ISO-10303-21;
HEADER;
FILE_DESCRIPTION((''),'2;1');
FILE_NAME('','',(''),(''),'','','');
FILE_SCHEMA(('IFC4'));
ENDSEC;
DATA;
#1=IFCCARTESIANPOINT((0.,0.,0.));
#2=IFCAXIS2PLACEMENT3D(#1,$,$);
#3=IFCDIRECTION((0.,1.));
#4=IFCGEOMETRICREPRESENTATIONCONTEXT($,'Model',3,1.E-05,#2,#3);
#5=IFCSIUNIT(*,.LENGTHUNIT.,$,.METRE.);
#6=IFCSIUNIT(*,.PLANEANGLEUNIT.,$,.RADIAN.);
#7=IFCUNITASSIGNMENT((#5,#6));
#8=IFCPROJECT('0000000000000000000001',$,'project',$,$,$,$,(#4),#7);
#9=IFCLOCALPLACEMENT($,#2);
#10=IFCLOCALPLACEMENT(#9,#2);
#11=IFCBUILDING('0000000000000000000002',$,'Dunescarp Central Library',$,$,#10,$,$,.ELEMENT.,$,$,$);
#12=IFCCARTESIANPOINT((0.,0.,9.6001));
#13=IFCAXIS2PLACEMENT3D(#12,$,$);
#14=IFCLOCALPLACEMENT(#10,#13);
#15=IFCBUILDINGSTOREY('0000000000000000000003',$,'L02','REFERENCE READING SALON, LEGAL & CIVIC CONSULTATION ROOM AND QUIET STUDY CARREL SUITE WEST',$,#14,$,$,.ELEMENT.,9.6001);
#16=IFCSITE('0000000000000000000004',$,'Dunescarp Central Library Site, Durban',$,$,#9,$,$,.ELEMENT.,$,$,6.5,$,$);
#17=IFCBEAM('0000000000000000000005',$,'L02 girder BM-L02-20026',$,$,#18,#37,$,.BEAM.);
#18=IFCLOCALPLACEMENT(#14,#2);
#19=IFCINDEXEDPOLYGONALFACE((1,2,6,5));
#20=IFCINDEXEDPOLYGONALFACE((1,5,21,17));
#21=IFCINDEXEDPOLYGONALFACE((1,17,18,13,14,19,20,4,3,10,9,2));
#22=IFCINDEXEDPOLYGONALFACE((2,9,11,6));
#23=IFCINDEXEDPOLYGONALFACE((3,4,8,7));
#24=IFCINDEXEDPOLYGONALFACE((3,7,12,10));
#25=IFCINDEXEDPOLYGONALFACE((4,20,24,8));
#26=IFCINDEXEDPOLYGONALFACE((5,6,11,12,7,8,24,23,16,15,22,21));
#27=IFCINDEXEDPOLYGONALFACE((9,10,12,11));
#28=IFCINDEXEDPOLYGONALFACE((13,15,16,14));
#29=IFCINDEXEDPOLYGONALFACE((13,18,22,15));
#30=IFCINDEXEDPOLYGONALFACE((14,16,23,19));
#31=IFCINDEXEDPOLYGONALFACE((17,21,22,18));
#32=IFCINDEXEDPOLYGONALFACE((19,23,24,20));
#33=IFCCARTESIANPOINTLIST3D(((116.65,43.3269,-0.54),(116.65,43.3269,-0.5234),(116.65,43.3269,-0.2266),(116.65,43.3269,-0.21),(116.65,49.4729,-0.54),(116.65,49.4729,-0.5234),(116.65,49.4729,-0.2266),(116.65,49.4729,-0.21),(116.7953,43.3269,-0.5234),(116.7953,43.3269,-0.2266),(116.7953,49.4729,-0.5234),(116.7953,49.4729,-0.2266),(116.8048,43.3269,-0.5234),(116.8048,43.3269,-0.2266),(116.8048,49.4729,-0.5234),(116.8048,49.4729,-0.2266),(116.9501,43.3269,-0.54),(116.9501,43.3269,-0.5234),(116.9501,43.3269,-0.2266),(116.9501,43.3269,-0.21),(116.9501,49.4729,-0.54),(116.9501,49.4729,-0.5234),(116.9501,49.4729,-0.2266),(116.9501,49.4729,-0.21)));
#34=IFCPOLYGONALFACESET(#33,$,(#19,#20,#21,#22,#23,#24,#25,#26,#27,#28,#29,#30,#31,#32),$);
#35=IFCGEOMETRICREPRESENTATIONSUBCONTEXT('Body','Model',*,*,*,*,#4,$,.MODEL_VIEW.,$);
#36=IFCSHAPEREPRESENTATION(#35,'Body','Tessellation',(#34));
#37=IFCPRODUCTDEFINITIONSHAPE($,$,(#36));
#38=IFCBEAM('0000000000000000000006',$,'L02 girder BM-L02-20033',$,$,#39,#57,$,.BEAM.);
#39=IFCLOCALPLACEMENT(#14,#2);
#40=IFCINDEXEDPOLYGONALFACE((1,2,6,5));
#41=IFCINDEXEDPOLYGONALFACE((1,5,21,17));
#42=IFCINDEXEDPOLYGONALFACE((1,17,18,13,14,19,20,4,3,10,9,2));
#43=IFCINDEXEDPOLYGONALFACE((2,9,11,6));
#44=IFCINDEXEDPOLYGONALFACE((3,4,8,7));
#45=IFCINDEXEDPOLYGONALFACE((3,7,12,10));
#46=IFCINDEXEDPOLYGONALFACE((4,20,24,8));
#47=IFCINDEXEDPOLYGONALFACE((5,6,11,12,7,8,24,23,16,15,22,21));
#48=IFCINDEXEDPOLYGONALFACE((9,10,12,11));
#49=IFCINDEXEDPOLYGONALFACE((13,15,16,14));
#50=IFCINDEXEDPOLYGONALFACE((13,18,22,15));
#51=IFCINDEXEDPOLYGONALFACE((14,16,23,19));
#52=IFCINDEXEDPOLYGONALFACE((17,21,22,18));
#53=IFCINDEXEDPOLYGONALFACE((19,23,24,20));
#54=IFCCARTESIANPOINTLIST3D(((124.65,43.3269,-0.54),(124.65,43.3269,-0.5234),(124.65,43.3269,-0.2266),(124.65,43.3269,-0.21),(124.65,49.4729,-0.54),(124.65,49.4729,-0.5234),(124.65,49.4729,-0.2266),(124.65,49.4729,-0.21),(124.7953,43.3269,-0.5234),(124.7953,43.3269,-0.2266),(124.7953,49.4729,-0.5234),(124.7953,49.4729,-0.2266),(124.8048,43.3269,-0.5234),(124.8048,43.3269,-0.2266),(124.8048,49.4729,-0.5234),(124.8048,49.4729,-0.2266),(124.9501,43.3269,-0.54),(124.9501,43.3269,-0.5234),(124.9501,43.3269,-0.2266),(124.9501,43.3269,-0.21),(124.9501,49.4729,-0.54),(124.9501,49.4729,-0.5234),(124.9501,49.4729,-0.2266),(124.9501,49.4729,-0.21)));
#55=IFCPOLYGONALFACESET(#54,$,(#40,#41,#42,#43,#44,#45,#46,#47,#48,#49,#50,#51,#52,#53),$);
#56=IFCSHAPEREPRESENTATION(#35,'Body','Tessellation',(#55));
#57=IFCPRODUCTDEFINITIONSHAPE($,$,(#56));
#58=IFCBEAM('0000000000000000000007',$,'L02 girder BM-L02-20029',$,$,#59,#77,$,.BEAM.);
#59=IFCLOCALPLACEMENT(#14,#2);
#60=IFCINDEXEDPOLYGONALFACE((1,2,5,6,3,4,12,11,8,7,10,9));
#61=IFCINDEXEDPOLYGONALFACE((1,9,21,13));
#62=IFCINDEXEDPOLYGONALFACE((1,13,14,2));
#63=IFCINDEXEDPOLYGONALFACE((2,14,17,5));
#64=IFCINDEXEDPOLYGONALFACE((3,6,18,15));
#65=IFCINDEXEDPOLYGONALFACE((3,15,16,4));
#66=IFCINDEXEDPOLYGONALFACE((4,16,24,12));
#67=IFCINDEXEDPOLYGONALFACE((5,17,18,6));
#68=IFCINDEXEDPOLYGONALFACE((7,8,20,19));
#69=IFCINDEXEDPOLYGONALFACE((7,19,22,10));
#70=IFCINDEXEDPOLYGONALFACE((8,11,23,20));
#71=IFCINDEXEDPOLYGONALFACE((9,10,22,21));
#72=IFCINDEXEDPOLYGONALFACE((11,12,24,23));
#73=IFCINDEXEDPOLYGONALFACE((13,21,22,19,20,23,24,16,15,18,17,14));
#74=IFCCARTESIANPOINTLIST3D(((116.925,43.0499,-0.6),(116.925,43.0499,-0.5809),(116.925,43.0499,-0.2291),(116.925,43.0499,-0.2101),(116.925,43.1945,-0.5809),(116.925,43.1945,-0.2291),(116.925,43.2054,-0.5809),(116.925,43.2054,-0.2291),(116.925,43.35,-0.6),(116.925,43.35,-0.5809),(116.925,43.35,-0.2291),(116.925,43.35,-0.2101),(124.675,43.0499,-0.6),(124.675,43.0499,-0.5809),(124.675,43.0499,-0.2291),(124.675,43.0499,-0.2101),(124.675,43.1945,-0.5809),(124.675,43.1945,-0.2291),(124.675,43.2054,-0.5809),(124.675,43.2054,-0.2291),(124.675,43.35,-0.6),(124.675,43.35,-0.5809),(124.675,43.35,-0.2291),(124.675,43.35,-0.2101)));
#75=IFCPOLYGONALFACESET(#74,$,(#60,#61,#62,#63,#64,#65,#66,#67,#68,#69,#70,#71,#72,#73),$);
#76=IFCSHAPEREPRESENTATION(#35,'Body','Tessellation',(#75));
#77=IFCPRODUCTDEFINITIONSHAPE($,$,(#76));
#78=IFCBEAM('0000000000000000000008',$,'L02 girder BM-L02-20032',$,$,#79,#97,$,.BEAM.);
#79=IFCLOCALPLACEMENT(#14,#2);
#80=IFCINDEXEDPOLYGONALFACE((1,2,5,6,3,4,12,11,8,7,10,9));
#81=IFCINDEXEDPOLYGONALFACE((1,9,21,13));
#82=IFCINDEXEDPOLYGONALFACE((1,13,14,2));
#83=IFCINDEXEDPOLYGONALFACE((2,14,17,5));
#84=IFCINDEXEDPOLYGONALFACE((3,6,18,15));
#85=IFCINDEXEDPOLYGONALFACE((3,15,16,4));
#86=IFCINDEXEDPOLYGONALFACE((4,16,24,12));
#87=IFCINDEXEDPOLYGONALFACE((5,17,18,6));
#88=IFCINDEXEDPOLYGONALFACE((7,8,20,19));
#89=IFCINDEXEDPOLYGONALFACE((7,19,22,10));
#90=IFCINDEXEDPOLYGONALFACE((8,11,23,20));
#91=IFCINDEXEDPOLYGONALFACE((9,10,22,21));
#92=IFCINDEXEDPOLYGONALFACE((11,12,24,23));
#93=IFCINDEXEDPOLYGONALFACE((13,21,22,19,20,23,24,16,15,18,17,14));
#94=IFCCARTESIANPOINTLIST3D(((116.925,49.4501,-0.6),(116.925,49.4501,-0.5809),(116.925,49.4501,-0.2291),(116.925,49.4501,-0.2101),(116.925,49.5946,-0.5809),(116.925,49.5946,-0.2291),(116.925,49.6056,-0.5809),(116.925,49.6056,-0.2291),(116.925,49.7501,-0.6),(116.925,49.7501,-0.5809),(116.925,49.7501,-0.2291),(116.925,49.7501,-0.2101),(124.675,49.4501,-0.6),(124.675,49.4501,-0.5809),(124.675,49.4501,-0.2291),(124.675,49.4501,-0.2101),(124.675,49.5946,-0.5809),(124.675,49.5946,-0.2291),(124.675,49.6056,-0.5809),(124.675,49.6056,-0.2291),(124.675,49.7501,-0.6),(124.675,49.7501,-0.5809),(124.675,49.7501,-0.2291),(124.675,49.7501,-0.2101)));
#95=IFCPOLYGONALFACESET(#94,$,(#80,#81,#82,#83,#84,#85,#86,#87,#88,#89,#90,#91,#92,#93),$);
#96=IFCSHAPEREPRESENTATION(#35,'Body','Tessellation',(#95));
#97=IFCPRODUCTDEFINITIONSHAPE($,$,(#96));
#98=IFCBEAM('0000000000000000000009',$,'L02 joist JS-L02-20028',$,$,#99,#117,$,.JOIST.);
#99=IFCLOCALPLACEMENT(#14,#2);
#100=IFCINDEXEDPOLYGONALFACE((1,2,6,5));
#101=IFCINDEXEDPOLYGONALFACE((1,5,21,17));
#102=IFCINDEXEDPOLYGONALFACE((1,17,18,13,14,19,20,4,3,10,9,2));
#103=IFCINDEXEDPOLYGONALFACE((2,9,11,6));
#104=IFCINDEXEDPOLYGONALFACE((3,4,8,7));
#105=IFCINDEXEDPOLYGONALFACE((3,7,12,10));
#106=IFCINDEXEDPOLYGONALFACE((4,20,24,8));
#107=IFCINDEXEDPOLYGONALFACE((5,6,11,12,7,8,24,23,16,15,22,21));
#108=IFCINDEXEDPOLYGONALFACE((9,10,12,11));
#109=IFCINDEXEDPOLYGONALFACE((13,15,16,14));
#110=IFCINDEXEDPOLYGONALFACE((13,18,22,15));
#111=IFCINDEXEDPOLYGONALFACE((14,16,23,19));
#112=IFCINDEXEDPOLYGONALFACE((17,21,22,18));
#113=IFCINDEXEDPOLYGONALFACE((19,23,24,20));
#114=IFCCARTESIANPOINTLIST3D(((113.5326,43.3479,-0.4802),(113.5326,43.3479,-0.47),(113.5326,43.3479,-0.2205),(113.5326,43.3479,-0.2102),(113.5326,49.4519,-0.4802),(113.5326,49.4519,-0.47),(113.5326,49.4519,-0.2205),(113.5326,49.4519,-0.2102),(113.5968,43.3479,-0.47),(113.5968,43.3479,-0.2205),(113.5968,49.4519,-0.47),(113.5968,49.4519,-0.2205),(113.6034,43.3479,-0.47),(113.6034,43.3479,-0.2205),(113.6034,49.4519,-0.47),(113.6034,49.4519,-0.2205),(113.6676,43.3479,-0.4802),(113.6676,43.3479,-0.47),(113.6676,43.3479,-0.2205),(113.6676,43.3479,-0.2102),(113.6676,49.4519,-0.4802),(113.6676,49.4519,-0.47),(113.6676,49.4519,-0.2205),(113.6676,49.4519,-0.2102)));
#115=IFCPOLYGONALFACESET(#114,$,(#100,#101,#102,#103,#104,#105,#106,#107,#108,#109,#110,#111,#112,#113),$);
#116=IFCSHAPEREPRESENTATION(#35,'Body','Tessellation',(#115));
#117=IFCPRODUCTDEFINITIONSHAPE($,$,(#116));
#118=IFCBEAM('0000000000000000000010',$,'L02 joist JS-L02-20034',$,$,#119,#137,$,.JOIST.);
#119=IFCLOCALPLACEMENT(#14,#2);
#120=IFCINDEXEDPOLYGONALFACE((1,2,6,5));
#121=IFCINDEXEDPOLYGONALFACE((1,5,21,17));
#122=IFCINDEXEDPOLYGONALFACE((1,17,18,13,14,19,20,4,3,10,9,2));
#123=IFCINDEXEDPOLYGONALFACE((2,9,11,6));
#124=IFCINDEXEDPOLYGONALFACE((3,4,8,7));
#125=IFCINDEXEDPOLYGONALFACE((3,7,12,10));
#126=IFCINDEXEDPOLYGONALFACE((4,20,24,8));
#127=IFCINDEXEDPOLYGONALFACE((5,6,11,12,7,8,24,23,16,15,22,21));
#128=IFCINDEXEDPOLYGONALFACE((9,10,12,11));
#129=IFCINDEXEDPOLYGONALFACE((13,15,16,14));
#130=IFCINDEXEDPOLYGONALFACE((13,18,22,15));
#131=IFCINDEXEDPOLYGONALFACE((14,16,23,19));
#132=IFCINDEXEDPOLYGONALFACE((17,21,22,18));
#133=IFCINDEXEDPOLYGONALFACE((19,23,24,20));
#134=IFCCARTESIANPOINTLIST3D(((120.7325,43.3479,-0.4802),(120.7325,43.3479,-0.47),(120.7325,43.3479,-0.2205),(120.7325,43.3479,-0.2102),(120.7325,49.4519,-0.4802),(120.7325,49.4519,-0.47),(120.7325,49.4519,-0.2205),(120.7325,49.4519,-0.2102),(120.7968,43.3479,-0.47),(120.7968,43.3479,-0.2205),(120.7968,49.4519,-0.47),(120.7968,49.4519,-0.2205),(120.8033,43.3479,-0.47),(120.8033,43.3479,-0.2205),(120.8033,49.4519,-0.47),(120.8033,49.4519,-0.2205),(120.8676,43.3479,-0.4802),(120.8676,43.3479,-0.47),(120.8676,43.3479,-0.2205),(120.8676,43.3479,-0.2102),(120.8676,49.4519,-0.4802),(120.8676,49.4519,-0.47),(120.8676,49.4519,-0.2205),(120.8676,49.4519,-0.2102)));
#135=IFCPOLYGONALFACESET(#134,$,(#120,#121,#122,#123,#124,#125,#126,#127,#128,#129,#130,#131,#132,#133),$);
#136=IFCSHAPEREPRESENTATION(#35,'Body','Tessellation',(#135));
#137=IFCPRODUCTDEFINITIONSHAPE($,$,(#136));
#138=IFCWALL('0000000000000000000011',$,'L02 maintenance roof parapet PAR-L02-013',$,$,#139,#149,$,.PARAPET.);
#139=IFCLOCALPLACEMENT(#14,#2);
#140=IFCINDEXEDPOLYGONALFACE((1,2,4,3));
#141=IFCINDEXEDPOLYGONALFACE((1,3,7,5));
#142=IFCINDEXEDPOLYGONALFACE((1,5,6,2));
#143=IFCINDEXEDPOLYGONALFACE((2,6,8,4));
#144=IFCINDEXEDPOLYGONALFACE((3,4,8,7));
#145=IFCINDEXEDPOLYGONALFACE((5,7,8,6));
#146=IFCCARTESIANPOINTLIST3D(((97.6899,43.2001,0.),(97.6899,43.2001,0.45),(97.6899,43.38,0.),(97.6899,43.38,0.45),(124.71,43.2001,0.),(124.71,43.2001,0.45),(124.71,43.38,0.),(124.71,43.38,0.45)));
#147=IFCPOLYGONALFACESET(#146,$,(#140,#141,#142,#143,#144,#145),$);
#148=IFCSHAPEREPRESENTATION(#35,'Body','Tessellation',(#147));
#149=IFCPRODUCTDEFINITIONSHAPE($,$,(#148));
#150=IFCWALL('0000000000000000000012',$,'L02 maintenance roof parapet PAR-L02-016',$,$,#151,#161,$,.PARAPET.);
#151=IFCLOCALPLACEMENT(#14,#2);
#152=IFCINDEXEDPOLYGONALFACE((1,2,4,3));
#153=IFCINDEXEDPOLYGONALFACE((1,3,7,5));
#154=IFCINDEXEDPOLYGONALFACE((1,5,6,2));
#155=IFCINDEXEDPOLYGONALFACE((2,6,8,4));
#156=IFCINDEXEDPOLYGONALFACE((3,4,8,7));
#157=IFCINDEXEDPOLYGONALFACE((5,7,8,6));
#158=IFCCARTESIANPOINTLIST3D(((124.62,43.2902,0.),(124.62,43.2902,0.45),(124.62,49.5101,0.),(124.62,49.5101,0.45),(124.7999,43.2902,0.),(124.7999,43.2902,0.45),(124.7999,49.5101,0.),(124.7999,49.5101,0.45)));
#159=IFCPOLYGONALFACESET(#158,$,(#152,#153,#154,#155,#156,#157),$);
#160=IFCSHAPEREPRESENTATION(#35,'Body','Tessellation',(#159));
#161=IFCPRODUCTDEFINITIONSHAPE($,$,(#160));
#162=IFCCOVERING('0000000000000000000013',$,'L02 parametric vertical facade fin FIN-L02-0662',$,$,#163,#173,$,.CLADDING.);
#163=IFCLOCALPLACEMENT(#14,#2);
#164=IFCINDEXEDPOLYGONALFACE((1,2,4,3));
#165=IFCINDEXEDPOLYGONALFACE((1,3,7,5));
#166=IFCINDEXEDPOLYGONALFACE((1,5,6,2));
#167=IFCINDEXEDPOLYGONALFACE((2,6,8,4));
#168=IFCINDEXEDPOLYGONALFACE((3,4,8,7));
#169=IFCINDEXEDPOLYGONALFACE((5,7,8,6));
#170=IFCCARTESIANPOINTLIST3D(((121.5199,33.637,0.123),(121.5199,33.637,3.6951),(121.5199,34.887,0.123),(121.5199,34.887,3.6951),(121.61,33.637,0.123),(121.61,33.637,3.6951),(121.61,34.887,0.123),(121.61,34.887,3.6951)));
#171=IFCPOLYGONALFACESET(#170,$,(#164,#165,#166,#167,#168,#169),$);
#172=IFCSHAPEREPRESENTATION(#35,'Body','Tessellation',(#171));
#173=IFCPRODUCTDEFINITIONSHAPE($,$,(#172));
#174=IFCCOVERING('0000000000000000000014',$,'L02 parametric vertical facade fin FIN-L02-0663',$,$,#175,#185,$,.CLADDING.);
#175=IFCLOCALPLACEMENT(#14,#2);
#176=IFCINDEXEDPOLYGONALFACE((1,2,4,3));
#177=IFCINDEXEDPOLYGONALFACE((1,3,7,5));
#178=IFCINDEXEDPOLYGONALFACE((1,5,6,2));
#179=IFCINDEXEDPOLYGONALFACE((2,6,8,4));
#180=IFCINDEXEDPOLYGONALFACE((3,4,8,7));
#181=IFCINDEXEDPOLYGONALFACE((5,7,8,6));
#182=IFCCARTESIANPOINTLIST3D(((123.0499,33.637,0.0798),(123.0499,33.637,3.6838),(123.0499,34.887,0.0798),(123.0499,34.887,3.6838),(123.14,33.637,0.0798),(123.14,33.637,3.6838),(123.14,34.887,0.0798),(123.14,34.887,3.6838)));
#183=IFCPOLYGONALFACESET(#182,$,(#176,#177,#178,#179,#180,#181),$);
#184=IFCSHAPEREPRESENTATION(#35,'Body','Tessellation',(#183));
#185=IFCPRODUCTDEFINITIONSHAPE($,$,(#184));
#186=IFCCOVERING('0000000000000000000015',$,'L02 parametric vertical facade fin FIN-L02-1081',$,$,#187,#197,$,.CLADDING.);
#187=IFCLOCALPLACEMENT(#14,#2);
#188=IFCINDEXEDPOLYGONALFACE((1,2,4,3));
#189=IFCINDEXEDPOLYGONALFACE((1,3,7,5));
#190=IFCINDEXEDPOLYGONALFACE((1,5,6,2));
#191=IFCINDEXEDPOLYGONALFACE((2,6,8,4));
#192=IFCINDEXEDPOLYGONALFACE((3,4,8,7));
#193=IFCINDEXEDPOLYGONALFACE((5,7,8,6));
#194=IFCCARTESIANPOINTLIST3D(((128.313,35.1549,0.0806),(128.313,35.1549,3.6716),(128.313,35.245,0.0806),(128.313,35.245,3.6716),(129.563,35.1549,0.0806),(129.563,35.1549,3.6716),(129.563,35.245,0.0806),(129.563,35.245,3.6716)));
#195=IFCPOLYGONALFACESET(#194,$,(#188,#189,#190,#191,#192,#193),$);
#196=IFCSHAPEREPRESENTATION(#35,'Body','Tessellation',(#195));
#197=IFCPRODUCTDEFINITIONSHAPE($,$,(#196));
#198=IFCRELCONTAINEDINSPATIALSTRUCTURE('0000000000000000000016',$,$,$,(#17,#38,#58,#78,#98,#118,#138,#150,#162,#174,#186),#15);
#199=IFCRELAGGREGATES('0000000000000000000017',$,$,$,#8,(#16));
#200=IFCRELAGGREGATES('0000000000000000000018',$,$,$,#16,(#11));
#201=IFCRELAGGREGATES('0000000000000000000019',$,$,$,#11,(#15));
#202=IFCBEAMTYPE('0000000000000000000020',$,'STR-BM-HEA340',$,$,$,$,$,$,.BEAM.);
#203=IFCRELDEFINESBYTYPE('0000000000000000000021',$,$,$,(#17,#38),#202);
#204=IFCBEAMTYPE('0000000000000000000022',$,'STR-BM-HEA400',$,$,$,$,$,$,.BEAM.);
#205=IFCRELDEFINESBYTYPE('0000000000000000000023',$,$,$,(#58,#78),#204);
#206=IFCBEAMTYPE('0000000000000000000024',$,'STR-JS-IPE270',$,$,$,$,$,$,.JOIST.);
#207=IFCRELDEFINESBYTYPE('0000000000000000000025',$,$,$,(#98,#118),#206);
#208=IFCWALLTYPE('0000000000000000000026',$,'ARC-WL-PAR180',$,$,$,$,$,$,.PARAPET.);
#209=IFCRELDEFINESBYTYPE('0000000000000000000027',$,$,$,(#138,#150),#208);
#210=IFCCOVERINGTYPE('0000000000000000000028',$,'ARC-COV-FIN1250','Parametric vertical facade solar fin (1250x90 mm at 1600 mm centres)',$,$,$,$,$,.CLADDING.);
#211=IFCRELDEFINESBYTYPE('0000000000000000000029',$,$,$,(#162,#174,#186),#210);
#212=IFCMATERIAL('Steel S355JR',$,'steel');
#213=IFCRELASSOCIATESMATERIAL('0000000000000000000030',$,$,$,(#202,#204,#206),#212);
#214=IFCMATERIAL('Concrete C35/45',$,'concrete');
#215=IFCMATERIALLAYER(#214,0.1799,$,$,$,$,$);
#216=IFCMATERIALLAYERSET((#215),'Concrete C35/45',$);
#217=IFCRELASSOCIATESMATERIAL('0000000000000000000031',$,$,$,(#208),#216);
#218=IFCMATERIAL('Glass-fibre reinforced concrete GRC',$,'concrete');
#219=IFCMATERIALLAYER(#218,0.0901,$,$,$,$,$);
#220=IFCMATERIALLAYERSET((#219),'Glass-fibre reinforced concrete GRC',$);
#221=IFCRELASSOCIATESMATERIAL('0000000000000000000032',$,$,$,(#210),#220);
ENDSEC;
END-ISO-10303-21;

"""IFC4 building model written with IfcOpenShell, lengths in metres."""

from ifc_helpers import new_model, si_unit, direction, frame, frame_2d, origin, origin_2d, place, context, subcontext, project, spatial, rectangle, i_section, extrude, material, layer, layer_set, material_profile, profile_set, type_object, element, save


model = new_model("IFC4")

# Units and contexts
model_context = context("Model", 3, precision=1e-05, world=origin(), true_north=direction((0.0, 1.0)))
body_context = subcontext(model_context, "Body", "Model", "MODEL_VIEW")
ifc_project = project(units=[si_unit("LENGTHUNIT", "METRE"), si_unit("PLANEANGLEUNIT", "RADIAN")], contexts=[model_context])

# Site, building, storey
site_placement = place(None, origin())
site = spatial("IfcSite", under=ifc_project, at=site_placement, Name="Dunescarp Central Library Site, Durban", CompositionType="ELEMENT", RefElevation=6.5)
building_placement = place(site_placement, origin())
building = spatial("IfcBuilding", under=site, at=building_placement, Name="Dunescarp Central Library", CompositionType="ELEMENT")
storey_placement = place(building_placement, frame((0.0, 0.0, 9.6001)))
storey = spatial("IfcBuildingStorey", under=building, at=storey_placement, Name="L02", Description="REFERENCE READING SALON, LEGAL & CIVIC CONSULTATION ROOM AND QUIET STUDY CARREL SUITE WEST", CompositionType="ELEMENT", Elevation=9.6001)

# Beams
ifc_material_1 = material(Name="Steel S355JR", Category="steel")
ifc_material_profile_1 = material_profile(ifc_material_1, i_section(OverallWidth=0.3, OverallDepth=0.3301, WebThickness=0.0095, FlangeThickness=0.0166, at=origin_2d()), Name="HEA 340")
ifc_profile_set_1 = profile_set([ifc_material_profile_1], Name="Steel S355JR")
beam_type_1 = type_object("IfcBeamType", Name="STR-BM-HEA340", PredefinedType="BEAM", material=ifc_profile_set_1)
for number, where, z_axis, x_axis, name in (
    (1, (116.8, 43.3269, -0.375), (0.0, 1.0, 0.0), (-1.0, 0.0, 0.0), "L02 girder BM-L02-20026"),
    (2, (124.8, 43.3269, -0.375), (0.0, 1.0, 0.0), (-1.0, 0.0, 0.0), "L02 girder BM-L02-20033"),
):
    element("IfcBeam", number, at=place(storey_placement, frame(where, z_axis=z_axis, x_axis=x_axis)), inside=storey, type_object=beam_type_1, Name=name, PredefinedType="BEAM", context=body_context, shape_type="SweptSolid", body=[
        extrude(i_section(OverallWidth=0.3, OverallDepth=0.3301, WebThickness=0.0095, FlangeThickness=0.0166, at=origin_2d()), origin(), (0.0, 0.0, 1.0), 6.146),
    ])
ifc_material_profile_2 = material_profile(ifc_material_1, i_section(OverallWidth=0.3, OverallDepth=0.3899, WebThickness=0.011, FlangeThickness=0.019, at=origin_2d()), Name="HEA 400")
ifc_profile_set_2 = profile_set([ifc_material_profile_2], Name="Steel S355JR")
beam_type_2 = type_object("IfcBeamType", Name="STR-BM-HEA400", PredefinedType="BEAM", material=ifc_profile_set_2)
for number, where, z_axis, x_axis, name in (
    (3, (116.925, 43.2, -0.405), (1.0, 0.0, 0.0), (0.0, 1.0, 0.0), "L02 girder BM-L02-20029"),
    (4, (116.925, 49.6001, -0.405), (1.0, 0.0, 0.0), (0.0, 1.0, 0.0), "L02 girder BM-L02-20032"),
):
    element("IfcBeam", number, at=place(storey_placement, frame(where, z_axis=z_axis, x_axis=x_axis)), inside=storey, type_object=beam_type_2, Name=name, PredefinedType="BEAM", context=body_context, shape_type="SweptSolid", body=[
        extrude(i_section(OverallWidth=0.3, OverallDepth=0.3899, WebThickness=0.011, FlangeThickness=0.019, at=origin_2d()), origin(), (0.0, 0.0, 1.0), 7.75),
    ])
ifc_material_profile_3 = material_profile(ifc_material_1, i_section(OverallWidth=0.135, OverallDepth=0.27, WebThickness=0.0066, FlangeThickness=0.0103, at=origin_2d()), Name="IPE 270")
ifc_profile_set_3 = profile_set([ifc_material_profile_3], Name="Steel S355JR")
beam_type_3 = type_object("IfcBeamType", Name="STR-JS-IPE270", PredefinedType="JOIST", material=ifc_profile_set_3)
for number, where, z_axis, x_axis, name in (
    (5, (113.6001, 43.3479, -0.3452), (0.0, 1.0, 0.0), (-1.0, 0.0, 0.0), "L02 joist JS-L02-20028"),
    (6, (120.8, 43.3479, -0.3452), (0.0, 1.0, 0.0), (-1.0, 0.0, 0.0), "L02 joist JS-L02-20034"),
):
    element("IfcBeam", number, at=place(storey_placement, frame(where, z_axis=z_axis, x_axis=x_axis)), inside=storey, type_object=beam_type_3, Name=name, PredefinedType="JOIST", context=body_context, shape_type="SweptSolid", body=[
        extrude(i_section(OverallWidth=0.135, OverallDepth=0.27, WebThickness=0.0066, FlangeThickness=0.0103, at=origin_2d()), origin(), (0.0, 0.0, 1.0), 6.104),
    ])

# Walls
ifc_material_2 = material(Name="Concrete C35/45", Category="concrete")
ifc_layer_1 = layer(ifc_material_2, 0.1799)
ifc_layer_set_1 = layer_set([ifc_layer_1], Name="Concrete C35/45")
wall_type = type_object("IfcWallType", Name="ARC-WL-PAR180", PredefinedType="PARAPET", material=ifc_layer_set_1)
wall_1_placement = place(storey_placement, frame((124.71, 43.29, 0.0), z_axis=(0.0, 0.0, 1.0), x_axis=(-1.0, 0.0, 0.0)))
element("IfcWall", 7, at=wall_1_placement, inside=storey, type_object=wall_type, Name="L02 maintenance roof parapet PAR-L02-013", PredefinedType="PARAPET", context=body_context, shape_type="SweptSolid", body=[
    extrude(rectangle(XDim=27.02, YDim=0.1799, at=frame_2d((13.51, 0.0))), origin(), (0.0, 0.0, 1.0), 0.45),
])
wall_2_placement = place(storey_placement, frame((124.71, 49.51, 0.0), z_axis=(0.0, 0.0, 1.0), x_axis=(0.0, -1.0, 0.0)))
element("IfcWall", 8, at=wall_2_placement, inside=storey, type_object=wall_type, Name="L02 maintenance roof parapet PAR-L02-016", PredefinedType="PARAPET", context=body_context, shape_type="SweptSolid", body=[
    extrude(rectangle(XDim=6.22, YDim=0.1799, at=frame_2d((3.1099, 0.0))), origin(), (0.0, 0.0, 1.0), 0.45),
])

# Coverings
ifc_material_3 = material(Name="Glass-fibre reinforced concrete GRC", Category="concrete")
ifc_layer_2 = layer(ifc_material_3, 0.0901)
ifc_layer_set_2 = layer_set([ifc_layer_2], Name="Glass-fibre reinforced concrete GRC")
covering_type = type_object("IfcCoveringType", Name="ARC-COV-FIN1250", Description="Parametric vertical facade solar fin (1250x90 mm at 1600 mm centres)", PredefinedType="CLADDING", material=ifc_layer_set_2)
covering_1_placement = place(storey_placement, frame((121.5649, 34.262, 0.123), z_axis=(0.0, 0.0, 1.0), x_axis=(0.0, 1.0, 0.0)))
element("IfcCovering", 9, at=covering_1_placement, inside=storey, type_object=covering_type, Name="L02 parametric vertical facade fin FIN-L02-0662", PredefinedType="CLADDING", context=body_context, shape_type="SweptSolid", body=[
    extrude(rectangle(XDim=1.25, YDim=0.0901, at=origin_2d()), origin(), (0.0, 0.0, 1.0), 3.572),
])
covering_2_placement = place(storey_placement, frame((123.095, 34.262, 0.0798), z_axis=(0.0, 0.0, 1.0), x_axis=(0.0, 1.0, 0.0)))
element("IfcCovering", 10, at=covering_2_placement, inside=storey, type_object=covering_type, Name="L02 parametric vertical facade fin FIN-L02-0663", PredefinedType="CLADDING", context=body_context, shape_type="SweptSolid", body=[
    extrude(rectangle(XDim=1.25, YDim=0.0901, at=origin_2d()), origin(), (0.0, 0.0, 1.0), 3.604),
])
covering_3_placement = place(storey_placement, frame((128.938, 35.2, 0.0806), z_axis=(0.0, 0.0, 1.0), x_axis=(-1.0, 0.0, 0.0)))
element("IfcCovering", 11, at=covering_3_placement, inside=storey, type_object=covering_type, Name="L02 parametric vertical facade fin FIN-L02-1081", PredefinedType="CLADDING", context=body_context, shape_type="SweptSolid", body=[
    extrude(rectangle(XDim=1.25, YDim=0.0901, at=origin_2d()), origin(), (0.0, 0.0, 1.0), 3.5911),
])

save(model, "model.ifc")
